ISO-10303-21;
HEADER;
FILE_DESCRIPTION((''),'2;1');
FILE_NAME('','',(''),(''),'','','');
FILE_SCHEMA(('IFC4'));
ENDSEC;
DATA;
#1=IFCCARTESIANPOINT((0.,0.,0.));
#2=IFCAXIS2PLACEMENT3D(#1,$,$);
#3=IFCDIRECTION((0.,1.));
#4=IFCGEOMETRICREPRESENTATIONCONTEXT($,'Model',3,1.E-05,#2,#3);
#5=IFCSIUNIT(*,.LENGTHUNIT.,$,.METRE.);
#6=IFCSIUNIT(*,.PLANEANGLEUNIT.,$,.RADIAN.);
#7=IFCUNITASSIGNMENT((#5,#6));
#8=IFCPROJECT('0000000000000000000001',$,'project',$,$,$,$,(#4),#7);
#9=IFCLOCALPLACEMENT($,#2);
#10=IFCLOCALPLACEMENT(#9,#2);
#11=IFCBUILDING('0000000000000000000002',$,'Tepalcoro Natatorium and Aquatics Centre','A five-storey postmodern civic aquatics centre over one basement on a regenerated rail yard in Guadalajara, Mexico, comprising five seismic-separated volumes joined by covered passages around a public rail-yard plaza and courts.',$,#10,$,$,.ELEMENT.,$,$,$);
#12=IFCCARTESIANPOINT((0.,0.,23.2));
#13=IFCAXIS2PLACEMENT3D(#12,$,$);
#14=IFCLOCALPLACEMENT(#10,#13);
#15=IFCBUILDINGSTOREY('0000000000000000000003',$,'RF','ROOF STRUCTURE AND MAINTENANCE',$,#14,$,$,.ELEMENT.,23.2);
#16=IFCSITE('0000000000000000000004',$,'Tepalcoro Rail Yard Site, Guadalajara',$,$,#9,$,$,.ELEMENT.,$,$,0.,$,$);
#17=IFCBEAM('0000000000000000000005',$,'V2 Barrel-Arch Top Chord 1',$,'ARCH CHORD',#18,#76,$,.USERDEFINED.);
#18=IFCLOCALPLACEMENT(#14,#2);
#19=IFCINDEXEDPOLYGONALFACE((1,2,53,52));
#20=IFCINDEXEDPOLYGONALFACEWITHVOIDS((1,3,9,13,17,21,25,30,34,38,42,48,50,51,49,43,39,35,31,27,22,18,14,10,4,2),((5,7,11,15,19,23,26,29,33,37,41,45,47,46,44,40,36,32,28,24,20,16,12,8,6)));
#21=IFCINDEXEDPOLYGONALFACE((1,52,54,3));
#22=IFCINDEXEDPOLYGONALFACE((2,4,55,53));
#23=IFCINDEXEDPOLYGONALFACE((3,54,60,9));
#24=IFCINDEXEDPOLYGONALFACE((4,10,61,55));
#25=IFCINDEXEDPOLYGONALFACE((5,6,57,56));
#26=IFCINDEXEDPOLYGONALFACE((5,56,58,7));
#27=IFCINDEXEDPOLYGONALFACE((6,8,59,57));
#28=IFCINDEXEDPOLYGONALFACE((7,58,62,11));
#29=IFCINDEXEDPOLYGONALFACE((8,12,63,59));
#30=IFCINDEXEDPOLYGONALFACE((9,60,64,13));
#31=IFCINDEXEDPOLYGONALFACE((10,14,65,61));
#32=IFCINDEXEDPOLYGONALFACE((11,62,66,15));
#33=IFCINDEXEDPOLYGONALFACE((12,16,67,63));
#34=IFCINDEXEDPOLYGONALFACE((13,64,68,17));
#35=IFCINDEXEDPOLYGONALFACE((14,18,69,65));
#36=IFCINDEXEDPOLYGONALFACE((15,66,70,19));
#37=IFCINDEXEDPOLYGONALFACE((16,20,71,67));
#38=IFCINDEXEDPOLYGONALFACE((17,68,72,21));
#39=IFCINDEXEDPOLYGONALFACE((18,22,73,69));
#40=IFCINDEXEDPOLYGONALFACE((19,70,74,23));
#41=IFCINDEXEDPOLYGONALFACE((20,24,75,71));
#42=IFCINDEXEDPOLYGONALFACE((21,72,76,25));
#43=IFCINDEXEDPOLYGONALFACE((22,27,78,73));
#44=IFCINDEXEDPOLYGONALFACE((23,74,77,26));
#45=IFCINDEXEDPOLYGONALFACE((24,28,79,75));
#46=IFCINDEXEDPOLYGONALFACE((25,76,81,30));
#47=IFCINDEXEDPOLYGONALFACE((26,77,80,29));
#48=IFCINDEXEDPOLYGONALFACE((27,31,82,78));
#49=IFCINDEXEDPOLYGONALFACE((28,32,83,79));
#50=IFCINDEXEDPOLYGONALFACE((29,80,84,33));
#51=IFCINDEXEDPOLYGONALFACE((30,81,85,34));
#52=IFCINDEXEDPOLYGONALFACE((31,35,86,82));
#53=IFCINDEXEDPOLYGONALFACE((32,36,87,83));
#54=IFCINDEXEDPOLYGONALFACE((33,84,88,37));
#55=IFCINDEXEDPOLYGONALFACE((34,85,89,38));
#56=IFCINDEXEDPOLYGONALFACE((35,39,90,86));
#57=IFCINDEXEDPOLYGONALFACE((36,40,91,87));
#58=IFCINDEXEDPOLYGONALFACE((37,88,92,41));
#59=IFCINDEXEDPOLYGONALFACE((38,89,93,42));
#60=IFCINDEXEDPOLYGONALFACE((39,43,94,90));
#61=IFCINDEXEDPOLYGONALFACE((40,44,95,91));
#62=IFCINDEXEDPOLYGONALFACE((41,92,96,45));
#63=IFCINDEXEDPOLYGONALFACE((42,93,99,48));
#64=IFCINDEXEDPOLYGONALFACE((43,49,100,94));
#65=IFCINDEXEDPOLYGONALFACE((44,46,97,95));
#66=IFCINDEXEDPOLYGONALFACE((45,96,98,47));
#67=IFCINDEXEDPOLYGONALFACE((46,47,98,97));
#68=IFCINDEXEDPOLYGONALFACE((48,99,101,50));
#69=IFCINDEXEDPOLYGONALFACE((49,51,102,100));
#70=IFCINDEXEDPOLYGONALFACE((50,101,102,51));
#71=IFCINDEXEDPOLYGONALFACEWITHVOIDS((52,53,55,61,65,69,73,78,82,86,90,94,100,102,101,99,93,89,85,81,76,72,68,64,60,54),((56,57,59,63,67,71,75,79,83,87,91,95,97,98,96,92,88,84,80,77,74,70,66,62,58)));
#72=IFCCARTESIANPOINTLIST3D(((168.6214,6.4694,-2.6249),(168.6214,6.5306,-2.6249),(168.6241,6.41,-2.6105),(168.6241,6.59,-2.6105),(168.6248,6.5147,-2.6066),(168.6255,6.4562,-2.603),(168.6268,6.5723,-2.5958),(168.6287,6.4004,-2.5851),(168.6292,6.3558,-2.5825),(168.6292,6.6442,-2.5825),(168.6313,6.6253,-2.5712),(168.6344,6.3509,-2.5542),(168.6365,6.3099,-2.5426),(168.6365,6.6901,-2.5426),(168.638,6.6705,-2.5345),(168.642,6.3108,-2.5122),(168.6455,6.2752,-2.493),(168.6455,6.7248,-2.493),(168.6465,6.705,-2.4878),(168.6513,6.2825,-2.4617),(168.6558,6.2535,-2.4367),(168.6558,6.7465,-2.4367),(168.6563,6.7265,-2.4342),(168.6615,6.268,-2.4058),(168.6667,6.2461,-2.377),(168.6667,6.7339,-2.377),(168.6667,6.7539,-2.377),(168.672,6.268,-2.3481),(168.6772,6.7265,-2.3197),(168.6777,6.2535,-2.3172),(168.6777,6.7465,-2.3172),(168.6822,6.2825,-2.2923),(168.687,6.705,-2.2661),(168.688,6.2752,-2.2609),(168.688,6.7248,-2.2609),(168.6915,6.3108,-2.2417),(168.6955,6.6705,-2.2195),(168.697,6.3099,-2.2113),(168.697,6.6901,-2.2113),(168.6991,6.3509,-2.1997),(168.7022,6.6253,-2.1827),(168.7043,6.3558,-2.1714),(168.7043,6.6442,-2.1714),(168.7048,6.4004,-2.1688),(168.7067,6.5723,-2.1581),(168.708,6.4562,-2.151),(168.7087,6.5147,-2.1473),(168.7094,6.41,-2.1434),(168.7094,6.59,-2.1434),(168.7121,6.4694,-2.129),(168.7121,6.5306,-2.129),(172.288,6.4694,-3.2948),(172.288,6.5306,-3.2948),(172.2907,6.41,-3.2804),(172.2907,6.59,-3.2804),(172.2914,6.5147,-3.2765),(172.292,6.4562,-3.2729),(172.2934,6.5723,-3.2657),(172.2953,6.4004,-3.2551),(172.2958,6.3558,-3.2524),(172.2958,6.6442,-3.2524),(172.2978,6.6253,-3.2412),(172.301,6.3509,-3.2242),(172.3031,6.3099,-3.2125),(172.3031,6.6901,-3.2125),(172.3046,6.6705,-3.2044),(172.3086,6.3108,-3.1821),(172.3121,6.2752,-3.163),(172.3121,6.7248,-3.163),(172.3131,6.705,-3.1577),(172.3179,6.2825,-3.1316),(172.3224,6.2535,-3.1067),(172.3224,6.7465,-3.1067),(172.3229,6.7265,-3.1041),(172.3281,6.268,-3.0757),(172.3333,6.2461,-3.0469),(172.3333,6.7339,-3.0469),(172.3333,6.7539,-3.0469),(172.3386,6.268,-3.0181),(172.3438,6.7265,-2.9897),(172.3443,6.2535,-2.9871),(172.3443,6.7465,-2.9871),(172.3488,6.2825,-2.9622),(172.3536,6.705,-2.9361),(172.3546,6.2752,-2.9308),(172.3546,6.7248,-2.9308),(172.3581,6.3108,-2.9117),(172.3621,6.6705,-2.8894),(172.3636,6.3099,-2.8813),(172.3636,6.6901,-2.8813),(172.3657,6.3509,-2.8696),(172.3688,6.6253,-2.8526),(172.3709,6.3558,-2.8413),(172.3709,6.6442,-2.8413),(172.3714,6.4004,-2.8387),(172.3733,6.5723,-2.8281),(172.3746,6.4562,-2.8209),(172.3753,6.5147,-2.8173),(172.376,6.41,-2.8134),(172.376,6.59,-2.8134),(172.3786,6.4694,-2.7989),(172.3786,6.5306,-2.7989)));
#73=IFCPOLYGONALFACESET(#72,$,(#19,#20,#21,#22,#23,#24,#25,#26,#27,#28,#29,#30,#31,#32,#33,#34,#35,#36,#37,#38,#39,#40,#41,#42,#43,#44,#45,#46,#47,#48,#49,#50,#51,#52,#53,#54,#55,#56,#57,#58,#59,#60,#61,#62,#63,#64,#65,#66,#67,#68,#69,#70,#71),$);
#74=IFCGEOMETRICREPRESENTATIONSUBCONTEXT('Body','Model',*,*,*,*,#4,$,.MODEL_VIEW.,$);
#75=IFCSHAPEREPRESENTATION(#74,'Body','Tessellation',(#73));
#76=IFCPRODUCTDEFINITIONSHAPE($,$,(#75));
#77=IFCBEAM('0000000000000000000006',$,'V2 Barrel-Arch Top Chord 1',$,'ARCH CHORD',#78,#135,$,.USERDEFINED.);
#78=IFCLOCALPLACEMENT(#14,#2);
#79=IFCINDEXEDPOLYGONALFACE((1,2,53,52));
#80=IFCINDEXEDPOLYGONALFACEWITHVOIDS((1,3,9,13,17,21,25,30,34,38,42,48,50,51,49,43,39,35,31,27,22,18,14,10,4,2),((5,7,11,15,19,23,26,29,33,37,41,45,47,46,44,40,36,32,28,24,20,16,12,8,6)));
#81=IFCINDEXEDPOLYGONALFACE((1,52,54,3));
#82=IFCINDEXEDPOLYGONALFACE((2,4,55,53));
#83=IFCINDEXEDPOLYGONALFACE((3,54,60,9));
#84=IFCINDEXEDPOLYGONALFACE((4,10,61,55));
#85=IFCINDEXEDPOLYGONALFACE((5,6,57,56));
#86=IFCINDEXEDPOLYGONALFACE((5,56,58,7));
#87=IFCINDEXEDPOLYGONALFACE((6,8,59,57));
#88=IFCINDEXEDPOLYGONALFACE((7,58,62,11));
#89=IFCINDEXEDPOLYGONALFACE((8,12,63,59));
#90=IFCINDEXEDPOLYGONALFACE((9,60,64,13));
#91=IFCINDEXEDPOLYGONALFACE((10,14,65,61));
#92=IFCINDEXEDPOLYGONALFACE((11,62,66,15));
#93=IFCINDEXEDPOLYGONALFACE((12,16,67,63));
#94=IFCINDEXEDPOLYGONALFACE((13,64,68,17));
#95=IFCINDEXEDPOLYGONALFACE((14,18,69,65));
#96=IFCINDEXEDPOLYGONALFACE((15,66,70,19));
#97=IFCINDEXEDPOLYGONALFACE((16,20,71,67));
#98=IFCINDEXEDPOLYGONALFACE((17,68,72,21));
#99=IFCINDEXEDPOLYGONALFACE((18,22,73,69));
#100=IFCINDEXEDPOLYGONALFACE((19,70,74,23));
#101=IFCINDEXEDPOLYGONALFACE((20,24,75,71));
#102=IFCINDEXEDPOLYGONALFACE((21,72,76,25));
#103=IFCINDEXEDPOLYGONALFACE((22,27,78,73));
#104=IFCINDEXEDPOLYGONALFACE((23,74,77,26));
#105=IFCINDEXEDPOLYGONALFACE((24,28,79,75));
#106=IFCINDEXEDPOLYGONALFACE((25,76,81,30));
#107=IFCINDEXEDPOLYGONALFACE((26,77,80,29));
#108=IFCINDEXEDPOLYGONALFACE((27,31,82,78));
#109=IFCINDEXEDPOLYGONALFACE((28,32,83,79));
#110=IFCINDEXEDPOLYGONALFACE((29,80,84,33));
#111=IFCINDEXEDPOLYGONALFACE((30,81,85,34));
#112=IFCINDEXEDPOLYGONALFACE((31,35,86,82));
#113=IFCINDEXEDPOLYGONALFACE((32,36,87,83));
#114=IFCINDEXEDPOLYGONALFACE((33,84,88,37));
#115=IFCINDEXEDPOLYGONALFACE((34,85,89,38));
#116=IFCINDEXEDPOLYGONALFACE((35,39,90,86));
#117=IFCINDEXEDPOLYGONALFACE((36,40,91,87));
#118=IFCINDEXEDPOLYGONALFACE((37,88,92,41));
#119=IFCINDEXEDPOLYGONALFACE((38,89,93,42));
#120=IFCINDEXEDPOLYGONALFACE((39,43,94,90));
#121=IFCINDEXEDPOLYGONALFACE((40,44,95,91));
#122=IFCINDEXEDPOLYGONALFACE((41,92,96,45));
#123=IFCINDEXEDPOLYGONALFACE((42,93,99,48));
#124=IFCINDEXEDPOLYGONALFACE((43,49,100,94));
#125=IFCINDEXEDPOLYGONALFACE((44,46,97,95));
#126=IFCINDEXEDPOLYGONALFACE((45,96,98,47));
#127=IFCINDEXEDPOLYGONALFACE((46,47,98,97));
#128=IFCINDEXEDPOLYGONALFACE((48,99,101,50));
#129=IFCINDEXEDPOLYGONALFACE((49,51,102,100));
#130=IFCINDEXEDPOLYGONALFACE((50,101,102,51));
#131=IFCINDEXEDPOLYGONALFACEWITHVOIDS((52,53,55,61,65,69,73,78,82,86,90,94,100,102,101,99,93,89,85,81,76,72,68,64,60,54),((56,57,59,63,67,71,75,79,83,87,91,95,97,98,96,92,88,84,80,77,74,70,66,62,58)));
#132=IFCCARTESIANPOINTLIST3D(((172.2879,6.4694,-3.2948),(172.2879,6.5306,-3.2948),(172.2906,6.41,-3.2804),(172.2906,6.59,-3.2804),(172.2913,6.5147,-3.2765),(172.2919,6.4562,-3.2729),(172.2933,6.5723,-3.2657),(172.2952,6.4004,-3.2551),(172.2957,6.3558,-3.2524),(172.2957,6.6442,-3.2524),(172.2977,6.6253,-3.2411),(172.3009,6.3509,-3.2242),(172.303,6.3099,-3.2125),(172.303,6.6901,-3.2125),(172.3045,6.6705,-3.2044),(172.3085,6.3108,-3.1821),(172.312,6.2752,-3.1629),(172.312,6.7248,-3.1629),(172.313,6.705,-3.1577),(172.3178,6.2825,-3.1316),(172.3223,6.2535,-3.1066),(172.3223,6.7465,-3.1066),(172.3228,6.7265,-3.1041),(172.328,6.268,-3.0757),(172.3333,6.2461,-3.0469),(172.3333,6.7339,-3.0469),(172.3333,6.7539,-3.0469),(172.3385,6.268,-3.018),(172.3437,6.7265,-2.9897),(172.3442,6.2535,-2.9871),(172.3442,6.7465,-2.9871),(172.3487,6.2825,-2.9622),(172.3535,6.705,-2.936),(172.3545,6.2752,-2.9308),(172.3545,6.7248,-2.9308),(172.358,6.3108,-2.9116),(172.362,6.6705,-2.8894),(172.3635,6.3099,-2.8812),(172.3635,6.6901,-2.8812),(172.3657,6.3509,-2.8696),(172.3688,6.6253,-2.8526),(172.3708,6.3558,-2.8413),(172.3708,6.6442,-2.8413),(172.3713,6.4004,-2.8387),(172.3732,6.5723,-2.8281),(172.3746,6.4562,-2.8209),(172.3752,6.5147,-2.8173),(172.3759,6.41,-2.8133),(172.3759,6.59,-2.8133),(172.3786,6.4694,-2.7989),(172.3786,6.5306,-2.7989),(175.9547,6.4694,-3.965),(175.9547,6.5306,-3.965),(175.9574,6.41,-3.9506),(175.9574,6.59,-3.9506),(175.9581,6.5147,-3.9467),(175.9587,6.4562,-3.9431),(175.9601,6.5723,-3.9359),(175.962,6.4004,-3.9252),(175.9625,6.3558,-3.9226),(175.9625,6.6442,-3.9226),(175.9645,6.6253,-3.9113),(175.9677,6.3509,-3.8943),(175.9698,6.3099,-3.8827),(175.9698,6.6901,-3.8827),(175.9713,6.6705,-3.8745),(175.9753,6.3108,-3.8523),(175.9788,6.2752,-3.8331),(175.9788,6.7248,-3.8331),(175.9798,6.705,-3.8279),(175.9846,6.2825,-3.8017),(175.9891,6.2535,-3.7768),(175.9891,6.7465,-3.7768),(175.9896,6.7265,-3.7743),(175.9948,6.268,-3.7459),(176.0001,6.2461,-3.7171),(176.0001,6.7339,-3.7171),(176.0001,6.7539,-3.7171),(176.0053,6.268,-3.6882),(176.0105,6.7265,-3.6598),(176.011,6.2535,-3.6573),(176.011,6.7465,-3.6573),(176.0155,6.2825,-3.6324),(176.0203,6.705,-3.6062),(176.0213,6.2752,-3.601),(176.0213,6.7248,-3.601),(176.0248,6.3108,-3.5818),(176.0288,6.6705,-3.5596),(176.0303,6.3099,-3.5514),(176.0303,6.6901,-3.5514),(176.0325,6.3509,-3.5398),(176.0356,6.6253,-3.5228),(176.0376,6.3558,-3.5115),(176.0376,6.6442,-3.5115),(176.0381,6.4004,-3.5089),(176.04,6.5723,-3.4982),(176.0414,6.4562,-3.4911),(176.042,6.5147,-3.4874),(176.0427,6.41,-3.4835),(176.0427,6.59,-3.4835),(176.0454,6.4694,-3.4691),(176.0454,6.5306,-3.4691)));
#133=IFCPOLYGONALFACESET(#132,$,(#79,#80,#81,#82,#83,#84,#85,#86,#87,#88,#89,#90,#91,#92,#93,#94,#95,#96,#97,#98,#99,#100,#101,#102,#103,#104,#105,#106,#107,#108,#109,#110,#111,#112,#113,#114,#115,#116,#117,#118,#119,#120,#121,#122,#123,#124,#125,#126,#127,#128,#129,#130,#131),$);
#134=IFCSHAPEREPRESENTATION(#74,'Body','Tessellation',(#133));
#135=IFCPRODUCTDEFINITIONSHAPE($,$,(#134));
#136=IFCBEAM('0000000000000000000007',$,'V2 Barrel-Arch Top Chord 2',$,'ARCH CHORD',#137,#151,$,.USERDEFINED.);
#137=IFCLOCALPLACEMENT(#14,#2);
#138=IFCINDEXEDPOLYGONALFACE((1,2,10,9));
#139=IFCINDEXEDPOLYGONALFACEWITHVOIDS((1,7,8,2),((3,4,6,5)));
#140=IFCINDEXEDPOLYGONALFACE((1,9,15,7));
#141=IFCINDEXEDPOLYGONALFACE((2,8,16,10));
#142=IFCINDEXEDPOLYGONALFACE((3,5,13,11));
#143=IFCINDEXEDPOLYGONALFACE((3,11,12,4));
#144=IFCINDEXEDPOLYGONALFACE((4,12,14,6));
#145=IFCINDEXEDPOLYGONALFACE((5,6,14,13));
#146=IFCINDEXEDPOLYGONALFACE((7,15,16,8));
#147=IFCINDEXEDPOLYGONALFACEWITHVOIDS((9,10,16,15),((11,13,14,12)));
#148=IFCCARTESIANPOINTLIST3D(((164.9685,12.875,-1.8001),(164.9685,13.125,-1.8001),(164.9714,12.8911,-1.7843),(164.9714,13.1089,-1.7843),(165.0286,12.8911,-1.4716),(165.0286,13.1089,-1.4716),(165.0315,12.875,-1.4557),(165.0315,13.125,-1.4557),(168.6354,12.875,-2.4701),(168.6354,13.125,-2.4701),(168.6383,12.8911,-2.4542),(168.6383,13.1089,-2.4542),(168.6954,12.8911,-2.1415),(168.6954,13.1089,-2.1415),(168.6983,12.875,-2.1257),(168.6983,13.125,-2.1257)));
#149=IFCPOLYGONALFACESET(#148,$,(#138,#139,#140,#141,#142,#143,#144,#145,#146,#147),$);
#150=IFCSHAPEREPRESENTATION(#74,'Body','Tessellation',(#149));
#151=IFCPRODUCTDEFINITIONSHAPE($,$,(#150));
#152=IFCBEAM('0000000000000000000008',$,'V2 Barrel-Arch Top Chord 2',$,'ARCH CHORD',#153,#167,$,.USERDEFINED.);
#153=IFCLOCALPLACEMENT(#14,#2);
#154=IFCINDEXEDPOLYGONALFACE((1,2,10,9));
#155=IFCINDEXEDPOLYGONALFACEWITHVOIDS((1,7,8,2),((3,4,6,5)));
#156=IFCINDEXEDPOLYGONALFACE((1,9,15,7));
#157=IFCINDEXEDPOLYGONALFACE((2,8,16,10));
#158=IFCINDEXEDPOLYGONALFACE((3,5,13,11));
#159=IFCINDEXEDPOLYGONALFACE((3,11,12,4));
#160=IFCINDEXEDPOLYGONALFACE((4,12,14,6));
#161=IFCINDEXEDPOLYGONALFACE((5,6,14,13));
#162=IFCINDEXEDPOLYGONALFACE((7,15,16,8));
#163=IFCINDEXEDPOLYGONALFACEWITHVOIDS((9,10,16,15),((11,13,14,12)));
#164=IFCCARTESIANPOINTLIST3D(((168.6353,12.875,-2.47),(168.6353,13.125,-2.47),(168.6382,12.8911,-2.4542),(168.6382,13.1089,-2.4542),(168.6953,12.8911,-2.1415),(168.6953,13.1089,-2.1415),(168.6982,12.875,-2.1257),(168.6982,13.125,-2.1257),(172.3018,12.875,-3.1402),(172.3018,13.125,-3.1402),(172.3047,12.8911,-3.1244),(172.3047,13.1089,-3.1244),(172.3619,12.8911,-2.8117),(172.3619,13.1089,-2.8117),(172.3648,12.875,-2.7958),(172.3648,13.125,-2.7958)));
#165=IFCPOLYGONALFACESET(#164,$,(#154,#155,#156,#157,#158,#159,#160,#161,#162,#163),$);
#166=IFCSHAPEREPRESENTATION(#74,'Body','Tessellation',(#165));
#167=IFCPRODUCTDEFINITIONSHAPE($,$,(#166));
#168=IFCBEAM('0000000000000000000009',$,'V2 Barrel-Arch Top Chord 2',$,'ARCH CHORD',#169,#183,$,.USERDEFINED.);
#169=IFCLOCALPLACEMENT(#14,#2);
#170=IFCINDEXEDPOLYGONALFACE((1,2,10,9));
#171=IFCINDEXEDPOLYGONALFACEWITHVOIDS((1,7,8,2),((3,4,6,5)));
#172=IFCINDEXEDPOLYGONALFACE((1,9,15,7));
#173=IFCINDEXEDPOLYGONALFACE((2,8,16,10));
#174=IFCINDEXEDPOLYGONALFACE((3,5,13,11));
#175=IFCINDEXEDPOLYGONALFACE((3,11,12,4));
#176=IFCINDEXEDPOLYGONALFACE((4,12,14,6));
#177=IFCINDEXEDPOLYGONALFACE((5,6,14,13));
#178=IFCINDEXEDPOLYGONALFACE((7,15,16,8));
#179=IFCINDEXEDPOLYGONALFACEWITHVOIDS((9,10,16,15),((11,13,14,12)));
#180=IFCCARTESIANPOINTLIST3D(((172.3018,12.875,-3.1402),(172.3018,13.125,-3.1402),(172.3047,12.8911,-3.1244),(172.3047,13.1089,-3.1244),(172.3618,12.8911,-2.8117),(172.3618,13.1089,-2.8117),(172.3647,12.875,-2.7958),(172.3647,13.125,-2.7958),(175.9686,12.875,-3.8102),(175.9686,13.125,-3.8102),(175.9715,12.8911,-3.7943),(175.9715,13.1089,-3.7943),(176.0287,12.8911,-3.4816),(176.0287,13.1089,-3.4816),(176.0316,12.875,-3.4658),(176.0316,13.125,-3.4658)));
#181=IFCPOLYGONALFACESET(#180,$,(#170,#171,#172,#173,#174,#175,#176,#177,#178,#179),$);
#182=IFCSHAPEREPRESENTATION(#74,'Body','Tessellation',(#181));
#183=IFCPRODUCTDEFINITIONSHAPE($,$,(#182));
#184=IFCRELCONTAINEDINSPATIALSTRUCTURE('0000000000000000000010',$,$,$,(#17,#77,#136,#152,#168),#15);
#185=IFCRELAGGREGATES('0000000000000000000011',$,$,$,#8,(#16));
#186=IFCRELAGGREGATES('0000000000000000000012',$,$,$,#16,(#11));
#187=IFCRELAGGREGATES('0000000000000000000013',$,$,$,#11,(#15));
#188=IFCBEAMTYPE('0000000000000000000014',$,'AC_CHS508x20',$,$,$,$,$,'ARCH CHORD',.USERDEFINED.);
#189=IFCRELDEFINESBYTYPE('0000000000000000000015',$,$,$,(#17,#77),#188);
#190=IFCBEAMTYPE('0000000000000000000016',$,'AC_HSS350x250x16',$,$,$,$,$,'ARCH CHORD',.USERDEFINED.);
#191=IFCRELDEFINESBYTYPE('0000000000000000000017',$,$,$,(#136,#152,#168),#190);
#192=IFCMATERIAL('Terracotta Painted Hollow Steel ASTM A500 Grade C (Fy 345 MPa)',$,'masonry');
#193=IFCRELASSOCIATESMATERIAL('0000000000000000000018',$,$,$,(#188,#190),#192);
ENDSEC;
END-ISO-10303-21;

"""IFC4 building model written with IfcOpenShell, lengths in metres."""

from ifc_helpers import new_model, si_unit, direction, frame, origin, origin_2d, place, context, subcontext, project, spatial, hollow_rectangle, hollow_circle, extrude, material, material_profile, profile_set, type_object, element, save


model = new_model("IFC4")

# Units and contexts
model_context = context("Model", 3, precision=1e-05, world=origin(), true_north=direction((0.0, 1.0)))
body_context = subcontext(model_context, "Body", "Model", "MODEL_VIEW")
ifc_project = project(units=[si_unit("LENGTHUNIT", "METRE"), si_unit("PLANEANGLEUNIT", "RADIAN")], contexts=[model_context])

# Site, building, storey
site_placement = place(None, origin())
site = spatial("IfcSite", under=ifc_project, at=site_placement, Name="Tepalcoro Rail Yard Site, Guadalajara", CompositionType="ELEMENT", RefElevation=0.0)
building_placement = place(site_placement, origin())
building = spatial("IfcBuilding", under=site, at=building_placement, Name="Tepalcoro Natatorium and Aquatics Centre", Description="A five-storey postmodern civic aquatics centre over one basement on a regenerated rail yard in Guadalajara, Mexico, comprising five seismic-separated volumes joined by covered passages around a public rail-yard plaza and courts.", CompositionType="ELEMENT")
storey_placement = place(building_placement, frame((0.0, 0.0, 23.2)))
storey = spatial("IfcBuildingStorey", under=building, at=storey_placement, Name="RF", Description="ROOF STRUCTURE AND MAINTENANCE", CompositionType="ELEMENT", Elevation=23.2)

# Beams
ifc_material_1 = material(Name="Terracotta Painted Hollow Steel ASTM A500 Grade C (Fy 345 MPa)", Category="masonry")
ifc_material_profile_1 = material_profile(ifc_material_1, hollow_circle(Radius=0.2539, WallThickness=0.02, at=origin_2d()), Name="CHS508X20")
ifc_profile_set_1 = profile_set([ifc_material_profile_1], Name="Terracotta Painted Hollow Steel ASTM A500 Grade C (Fy 345 MPa)")
beam_type_1 = type_object("IfcBeamType", Name="AC_CHS508x20", ElementType="ARCH CHORD", PredefinedType="USERDEFINED", material=ifc_profile_set_1)
beam_1_placement = place(storey_placement, frame((168.6667, 6.5, -2.377), z_axis=(0.983714, 0.0, -0.179738), x_axis=(0.0, 1.0, 0.0)))
element("IfcBeam", 1, at=beam_1_placement, inside=storey, type_object=beam_type_1, Name="V2 Barrel-Arch Top Chord 1", ObjectType="ARCH CHORD", PredefinedType="USERDEFINED", context=body_context, shape_type="SweptSolid", body=[
    extrude(hollow_circle(Radius=0.2539, WallThickness=0.02, at=origin_2d()), origin(), (0.0, 0.0, 1.0), 3.7273),
])
beam_2_placement = place(storey_placement, frame((172.3333, 6.5, -3.0469), z_axis=(0.983705, 0.0, -0.17979), x_axis=(0.0, 1.0, 0.0)))
element("IfcBeam", 2, at=beam_2_placement, inside=storey, type_object=beam_type_1, Name="V2 Barrel-Arch Top Chord 1", ObjectType="ARCH CHORD", PredefinedType="USERDEFINED", context=body_context, shape_type="SweptSolid", body=[
    extrude(hollow_circle(Radius=0.2539, WallThickness=0.02, at=origin_2d()), origin(), (0.0, 0.0, 1.0), 3.7275),
])
ifc_material_profile_2 = material_profile(ifc_material_1, hollow_rectangle(XDim=0.25, YDim=0.3501, WallThickness=0.0161, at=origin_2d()), Name="HSS350X250X16")
ifc_profile_set_2 = profile_set([ifc_material_profile_2], Name="Terracotta Painted Hollow Steel ASTM A500 Grade C (Fy 345 MPa)")
beam_type_2 = type_object("IfcBeamType", Name="AC_HSS350x250x16", ElementType="ARCH CHORD", PredefinedType="USERDEFINED", material=ifc_profile_set_2)
beam_3_placement = place(storey_placement, frame((165.0, 13.0, -1.6279), z_axis=(0.983717, 0.0, -0.179727), x_axis=(0.0, 1.0, 0.0)))
element("IfcBeam", 3, at=beam_3_placement, inside=storey, type_object=beam_type_2, Name="V2 Barrel-Arch Top Chord 2", ObjectType="ARCH CHORD", PredefinedType="USERDEFINED", context=body_context, shape_type="SweptSolid", body=[
    extrude(hollow_rectangle(XDim=0.25, YDim=0.3501, WallThickness=0.0161, at=origin_2d()), origin(), (0.0, 0.0, 1.0), 3.7275),
])
beam_4_placement = place(storey_placement, frame((168.6667, 13.0, -2.2979), z_axis=(0.983703, 0.0, -0.179802), x_axis=(0.0, 1.0, 0.0)))
element("IfcBeam", 4, at=beam_4_placement, inside=storey, type_object=beam_type_2, Name="V2 Barrel-Arch Top Chord 2", ObjectType="ARCH CHORD", PredefinedType="USERDEFINED", context=body_context, shape_type="SweptSolid", body=[
    extrude(hollow_rectangle(XDim=0.25, YDim=0.3501, WallThickness=0.0161, at=origin_2d()), origin(), (0.0, 0.0, 1.0), 3.7273),
])
beam_5_placement = place(storey_placement, frame((172.3333, 13.0, -2.968), z_axis=(0.983717, 0.0, -0.179727), x_axis=(0.0, 1.0, 0.0)))
element("IfcBeam", 5, at=beam_5_placement, inside=storey, type_object=beam_type_2, Name="V2 Barrel-Arch Top Chord 2", ObjectType="ARCH CHORD", PredefinedType="USERDEFINED", context=body_context, shape_type="SweptSolid", body=[
    extrude(hollow_rectangle(XDim=0.25, YDim=0.3501, WallThickness=0.0161, at=origin_2d()), origin(), (0.0, 0.0, 1.0), 3.7275),
])

save(model, "model.ifc")
